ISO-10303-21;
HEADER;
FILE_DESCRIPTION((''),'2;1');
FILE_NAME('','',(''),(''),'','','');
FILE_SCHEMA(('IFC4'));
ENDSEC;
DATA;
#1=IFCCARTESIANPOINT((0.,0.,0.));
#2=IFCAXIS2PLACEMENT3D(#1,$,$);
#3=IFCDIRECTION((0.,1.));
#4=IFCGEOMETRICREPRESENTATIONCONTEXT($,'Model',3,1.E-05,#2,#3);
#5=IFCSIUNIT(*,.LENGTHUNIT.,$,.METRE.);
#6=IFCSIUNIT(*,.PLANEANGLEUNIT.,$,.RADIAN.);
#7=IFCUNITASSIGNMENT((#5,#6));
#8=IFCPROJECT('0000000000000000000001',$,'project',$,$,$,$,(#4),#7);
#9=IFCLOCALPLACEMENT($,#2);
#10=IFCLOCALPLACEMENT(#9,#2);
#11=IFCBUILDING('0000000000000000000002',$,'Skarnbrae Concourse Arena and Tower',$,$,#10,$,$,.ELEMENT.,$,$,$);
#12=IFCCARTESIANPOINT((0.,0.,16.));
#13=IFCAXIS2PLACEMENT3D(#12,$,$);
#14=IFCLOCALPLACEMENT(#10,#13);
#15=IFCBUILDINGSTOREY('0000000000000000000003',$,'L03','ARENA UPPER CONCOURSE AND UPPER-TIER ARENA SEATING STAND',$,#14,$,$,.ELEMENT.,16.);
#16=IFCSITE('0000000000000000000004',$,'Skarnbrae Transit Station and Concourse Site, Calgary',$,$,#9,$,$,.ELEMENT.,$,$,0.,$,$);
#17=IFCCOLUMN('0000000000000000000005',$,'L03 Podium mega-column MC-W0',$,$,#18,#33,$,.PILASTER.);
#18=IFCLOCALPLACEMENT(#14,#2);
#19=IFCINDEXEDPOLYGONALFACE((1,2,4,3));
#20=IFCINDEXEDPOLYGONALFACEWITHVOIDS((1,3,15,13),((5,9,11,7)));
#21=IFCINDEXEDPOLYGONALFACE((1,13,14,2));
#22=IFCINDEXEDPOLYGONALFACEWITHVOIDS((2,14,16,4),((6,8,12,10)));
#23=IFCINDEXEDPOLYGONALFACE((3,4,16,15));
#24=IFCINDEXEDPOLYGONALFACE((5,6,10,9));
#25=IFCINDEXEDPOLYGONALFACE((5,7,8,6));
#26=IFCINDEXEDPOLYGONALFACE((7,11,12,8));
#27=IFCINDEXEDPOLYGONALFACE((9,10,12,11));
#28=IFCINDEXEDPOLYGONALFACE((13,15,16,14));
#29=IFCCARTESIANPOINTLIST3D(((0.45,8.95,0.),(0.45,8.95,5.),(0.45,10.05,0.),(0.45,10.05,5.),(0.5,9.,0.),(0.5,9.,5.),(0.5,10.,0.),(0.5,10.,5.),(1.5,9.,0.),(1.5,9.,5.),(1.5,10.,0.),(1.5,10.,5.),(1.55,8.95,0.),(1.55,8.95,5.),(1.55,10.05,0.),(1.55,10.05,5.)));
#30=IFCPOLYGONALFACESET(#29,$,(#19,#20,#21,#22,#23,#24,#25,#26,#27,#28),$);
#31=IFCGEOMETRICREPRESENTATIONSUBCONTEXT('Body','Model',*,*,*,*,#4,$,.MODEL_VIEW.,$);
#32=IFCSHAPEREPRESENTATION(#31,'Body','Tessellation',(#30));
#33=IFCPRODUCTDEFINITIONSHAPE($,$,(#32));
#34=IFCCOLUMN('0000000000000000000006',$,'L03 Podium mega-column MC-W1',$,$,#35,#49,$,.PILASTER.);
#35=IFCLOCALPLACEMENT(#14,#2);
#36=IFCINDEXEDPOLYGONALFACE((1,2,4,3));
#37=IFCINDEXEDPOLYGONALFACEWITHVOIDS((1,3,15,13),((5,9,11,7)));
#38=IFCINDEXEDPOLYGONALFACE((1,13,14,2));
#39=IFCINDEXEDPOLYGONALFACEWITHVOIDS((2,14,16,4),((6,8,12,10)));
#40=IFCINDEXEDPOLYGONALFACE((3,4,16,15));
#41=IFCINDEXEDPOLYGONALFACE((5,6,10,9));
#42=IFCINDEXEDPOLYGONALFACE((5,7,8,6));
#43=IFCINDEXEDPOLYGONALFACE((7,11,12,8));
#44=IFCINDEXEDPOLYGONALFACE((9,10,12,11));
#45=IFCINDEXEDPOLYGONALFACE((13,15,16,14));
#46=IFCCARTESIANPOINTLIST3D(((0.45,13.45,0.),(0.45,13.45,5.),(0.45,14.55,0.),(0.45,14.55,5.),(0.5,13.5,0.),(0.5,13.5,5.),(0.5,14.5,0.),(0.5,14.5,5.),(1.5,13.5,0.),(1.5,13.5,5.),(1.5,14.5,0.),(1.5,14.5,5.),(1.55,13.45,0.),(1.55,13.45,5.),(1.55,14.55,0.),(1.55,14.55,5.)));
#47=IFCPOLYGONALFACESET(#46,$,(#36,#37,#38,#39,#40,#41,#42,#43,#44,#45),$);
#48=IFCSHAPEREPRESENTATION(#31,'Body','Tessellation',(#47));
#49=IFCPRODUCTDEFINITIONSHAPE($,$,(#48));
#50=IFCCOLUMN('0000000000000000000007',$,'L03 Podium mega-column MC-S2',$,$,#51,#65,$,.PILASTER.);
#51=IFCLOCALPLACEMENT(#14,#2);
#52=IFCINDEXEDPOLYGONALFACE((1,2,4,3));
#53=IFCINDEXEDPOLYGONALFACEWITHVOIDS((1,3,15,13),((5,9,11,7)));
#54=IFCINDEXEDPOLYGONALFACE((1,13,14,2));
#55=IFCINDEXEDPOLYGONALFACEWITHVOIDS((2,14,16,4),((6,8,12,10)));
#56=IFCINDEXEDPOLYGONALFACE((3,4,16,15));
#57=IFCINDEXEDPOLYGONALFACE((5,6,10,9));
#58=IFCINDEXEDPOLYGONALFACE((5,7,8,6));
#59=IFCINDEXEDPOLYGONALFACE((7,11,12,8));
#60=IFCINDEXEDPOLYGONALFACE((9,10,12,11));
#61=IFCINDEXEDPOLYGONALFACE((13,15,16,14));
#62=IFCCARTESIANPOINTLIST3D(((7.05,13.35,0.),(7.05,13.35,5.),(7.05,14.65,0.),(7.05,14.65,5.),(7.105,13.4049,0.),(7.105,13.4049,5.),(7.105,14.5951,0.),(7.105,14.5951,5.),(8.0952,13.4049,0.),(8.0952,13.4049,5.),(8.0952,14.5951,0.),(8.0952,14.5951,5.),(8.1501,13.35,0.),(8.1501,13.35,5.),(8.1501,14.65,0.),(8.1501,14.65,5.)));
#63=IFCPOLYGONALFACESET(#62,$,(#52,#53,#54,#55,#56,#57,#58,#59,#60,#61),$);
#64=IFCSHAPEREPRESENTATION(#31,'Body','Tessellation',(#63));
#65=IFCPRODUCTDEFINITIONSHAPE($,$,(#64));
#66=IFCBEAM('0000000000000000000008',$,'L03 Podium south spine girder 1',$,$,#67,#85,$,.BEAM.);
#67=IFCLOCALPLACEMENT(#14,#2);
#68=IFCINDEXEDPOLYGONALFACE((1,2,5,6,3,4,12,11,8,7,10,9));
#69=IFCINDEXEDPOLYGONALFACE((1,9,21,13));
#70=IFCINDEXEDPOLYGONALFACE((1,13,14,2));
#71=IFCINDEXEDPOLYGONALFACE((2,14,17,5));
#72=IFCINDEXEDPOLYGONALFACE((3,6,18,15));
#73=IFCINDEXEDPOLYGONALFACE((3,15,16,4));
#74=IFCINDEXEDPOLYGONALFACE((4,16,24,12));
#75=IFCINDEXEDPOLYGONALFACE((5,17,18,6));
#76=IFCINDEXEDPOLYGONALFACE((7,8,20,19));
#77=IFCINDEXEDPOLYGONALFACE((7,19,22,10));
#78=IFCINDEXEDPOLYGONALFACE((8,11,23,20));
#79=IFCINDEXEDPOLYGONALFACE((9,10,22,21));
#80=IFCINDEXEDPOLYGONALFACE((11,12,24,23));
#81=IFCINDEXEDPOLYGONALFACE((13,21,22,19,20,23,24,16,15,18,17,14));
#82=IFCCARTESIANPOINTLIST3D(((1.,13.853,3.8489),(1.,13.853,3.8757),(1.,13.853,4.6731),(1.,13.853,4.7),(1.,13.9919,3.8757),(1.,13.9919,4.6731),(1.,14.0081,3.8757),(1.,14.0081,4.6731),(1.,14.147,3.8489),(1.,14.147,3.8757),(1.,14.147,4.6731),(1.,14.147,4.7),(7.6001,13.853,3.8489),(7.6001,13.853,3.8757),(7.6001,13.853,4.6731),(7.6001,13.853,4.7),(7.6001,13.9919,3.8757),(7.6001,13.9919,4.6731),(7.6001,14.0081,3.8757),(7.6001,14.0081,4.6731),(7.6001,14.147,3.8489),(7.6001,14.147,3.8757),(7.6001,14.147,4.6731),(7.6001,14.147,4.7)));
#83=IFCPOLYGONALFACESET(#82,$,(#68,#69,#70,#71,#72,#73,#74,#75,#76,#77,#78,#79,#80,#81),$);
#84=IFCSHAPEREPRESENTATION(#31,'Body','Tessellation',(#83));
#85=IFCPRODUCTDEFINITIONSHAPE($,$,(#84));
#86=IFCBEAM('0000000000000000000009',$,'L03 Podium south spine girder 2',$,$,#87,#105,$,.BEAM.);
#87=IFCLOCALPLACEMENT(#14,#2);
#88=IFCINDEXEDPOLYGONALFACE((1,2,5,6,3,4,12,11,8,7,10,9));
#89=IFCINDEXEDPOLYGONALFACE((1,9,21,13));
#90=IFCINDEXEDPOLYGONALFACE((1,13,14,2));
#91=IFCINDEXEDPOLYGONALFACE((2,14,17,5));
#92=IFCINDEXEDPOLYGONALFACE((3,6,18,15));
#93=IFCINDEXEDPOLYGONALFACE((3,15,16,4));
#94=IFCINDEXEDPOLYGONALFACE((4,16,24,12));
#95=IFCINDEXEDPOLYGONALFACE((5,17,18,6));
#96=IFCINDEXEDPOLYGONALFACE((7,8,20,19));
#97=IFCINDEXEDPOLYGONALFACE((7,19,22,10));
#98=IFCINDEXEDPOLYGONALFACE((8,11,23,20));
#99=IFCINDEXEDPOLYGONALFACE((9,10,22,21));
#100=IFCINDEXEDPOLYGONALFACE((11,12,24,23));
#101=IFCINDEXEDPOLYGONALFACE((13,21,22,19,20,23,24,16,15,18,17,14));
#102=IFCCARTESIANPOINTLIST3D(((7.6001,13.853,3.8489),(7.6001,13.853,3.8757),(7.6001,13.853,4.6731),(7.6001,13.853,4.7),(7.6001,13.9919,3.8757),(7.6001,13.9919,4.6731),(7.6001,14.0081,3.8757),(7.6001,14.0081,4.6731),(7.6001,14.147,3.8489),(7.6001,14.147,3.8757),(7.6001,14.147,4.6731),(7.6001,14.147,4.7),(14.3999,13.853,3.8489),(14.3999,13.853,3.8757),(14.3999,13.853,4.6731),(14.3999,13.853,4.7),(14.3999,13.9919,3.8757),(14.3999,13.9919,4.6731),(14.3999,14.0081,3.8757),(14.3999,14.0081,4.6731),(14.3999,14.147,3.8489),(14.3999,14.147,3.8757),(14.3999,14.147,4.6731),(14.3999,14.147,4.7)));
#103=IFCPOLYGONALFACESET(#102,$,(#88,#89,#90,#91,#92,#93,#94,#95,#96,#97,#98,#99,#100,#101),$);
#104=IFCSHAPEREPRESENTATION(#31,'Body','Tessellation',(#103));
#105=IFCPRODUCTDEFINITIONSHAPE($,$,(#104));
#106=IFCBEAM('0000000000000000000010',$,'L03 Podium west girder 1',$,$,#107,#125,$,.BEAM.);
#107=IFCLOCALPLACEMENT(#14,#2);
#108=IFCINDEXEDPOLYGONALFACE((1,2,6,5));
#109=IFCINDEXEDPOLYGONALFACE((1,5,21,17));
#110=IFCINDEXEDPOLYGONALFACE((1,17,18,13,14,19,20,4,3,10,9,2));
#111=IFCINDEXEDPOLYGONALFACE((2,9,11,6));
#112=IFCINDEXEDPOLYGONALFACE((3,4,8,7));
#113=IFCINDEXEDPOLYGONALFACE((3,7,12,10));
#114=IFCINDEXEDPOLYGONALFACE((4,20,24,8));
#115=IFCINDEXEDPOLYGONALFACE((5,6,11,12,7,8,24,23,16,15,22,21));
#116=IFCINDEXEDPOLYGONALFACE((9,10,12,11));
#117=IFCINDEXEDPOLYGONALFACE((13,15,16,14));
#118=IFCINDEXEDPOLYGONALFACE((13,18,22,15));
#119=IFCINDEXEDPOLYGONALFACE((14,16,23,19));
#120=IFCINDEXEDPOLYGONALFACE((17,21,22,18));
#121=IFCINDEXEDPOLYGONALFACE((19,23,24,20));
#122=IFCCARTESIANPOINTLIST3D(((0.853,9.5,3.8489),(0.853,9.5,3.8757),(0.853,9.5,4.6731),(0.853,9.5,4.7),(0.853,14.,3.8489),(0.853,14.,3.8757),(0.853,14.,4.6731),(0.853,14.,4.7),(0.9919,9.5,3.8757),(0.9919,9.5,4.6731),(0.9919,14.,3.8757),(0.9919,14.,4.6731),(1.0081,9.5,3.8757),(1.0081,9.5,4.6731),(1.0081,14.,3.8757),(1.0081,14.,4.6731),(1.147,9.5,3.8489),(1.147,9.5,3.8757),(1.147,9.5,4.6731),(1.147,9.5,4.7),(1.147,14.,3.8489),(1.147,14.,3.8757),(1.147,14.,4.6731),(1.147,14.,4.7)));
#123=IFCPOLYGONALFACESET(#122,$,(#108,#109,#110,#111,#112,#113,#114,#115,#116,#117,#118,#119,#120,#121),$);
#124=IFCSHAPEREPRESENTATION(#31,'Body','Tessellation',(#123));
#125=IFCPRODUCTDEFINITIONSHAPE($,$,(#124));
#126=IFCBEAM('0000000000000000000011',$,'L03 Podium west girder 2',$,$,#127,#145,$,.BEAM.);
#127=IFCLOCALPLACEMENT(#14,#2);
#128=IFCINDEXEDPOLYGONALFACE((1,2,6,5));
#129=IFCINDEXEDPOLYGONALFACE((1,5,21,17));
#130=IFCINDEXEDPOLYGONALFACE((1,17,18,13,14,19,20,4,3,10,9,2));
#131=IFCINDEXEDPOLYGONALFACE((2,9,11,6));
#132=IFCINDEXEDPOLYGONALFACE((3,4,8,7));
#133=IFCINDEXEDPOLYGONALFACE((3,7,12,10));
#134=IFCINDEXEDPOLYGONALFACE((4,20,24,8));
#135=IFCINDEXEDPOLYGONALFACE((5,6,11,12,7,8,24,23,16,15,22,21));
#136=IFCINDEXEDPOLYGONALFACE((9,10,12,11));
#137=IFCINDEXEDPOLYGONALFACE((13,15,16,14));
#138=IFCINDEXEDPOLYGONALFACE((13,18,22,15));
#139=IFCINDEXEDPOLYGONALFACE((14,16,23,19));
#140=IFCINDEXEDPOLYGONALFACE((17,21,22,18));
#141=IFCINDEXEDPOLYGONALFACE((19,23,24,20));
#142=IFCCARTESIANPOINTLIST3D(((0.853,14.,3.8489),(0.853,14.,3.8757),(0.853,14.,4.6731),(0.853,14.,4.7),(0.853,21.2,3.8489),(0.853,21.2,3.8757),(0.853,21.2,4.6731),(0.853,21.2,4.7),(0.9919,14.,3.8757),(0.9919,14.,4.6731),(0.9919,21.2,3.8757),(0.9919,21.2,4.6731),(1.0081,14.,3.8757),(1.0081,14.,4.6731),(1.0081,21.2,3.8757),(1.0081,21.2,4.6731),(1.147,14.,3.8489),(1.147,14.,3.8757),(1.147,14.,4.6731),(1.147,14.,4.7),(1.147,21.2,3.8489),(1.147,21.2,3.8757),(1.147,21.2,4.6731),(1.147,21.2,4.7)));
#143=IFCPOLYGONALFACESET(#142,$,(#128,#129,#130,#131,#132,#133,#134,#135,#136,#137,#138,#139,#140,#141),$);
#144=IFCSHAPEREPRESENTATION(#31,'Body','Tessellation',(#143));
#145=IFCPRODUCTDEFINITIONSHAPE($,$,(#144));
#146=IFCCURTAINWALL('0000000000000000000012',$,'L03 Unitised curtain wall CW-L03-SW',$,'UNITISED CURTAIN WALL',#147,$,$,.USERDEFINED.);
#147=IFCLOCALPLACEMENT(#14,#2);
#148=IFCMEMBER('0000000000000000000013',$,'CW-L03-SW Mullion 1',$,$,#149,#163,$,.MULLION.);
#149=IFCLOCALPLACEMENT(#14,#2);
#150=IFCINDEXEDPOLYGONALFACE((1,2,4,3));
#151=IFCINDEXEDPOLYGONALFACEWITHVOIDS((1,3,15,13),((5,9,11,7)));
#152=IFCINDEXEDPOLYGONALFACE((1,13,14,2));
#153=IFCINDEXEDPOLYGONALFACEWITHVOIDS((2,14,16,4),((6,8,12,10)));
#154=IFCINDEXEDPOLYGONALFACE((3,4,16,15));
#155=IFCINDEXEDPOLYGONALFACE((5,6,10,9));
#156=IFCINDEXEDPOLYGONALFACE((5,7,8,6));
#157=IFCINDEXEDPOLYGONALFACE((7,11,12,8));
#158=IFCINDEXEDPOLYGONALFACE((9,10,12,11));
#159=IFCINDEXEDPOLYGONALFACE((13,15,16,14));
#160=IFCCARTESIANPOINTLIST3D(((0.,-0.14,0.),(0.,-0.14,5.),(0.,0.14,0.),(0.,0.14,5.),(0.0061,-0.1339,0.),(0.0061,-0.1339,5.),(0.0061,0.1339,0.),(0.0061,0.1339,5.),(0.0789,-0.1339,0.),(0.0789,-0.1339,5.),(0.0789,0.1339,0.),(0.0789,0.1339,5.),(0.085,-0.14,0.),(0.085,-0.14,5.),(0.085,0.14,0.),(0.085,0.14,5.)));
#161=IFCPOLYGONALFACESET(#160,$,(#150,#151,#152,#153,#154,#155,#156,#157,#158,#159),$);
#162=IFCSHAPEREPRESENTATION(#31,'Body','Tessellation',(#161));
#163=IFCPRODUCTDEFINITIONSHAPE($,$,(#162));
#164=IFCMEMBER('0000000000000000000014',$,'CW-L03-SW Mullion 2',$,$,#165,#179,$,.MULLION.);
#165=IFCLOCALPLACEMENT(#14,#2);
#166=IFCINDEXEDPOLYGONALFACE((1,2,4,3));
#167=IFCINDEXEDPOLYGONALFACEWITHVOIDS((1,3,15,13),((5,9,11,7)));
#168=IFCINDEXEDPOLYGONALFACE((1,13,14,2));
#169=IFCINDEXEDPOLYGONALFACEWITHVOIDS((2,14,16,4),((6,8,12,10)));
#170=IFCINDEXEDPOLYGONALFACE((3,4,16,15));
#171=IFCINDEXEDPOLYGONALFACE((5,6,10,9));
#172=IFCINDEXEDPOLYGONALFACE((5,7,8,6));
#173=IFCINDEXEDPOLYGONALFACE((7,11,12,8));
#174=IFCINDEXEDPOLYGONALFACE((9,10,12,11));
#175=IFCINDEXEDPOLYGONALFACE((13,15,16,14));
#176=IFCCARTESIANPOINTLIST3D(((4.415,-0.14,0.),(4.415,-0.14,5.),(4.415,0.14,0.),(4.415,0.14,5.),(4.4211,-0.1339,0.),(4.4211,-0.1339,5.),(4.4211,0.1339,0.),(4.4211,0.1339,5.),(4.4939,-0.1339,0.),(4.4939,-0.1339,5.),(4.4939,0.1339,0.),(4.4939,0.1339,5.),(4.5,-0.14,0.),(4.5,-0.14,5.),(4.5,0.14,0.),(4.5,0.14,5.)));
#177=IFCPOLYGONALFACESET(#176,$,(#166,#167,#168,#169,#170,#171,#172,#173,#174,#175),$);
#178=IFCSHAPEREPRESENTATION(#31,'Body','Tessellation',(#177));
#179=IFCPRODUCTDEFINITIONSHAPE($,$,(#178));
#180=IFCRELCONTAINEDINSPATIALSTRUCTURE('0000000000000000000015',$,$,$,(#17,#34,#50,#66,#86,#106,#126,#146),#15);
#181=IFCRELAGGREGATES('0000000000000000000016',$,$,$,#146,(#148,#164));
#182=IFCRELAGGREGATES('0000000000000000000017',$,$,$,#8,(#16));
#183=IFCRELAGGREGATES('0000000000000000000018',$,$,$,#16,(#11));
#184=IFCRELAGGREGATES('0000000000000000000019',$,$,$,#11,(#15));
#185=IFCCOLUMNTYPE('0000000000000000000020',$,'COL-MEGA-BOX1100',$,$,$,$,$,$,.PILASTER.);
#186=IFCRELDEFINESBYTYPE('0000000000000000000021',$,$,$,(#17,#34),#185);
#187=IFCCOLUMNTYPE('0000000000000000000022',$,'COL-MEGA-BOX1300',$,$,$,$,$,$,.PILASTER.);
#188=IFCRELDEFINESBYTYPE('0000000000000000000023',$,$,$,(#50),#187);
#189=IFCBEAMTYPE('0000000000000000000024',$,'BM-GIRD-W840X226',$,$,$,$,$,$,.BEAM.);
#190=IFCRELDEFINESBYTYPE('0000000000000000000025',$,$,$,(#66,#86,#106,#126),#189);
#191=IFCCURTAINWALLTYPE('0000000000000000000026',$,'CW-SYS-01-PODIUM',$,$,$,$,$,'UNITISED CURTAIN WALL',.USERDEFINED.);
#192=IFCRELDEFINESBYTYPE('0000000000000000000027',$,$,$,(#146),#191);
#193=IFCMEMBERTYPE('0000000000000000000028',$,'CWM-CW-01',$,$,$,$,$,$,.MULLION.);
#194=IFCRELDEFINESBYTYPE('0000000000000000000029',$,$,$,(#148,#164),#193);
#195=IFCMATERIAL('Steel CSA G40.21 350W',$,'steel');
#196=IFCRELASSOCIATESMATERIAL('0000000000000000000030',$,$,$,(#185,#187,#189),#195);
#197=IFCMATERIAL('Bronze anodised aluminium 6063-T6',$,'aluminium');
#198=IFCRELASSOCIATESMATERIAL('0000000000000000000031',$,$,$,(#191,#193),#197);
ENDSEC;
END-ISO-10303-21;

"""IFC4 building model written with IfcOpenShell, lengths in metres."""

from ifc_helpers import new_model, si_unit, direction, frame, origin, origin_2d, place, context, subcontext, project, spatial, hollow_rectangle, i_section, extrude, source, transform, mapped, material, material_profile, profile_set, type_object, element, aggregate, save


model = new_model("IFC4")

# Units and contexts
model_context = context("Model", 3, precision=1e-05, world=origin(), true_north=direction((0.0, 1.0)))
body_context = subcontext(model_context, "Body", "Model", "MODEL_VIEW")
ifc_project = project(units=[si_unit("LENGTHUNIT", "METRE"), si_unit("PLANEANGLEUNIT", "RADIAN")], contexts=[model_context])

# Site, building, storey
site_placement = place(None, origin())
site = spatial("IfcSite", under=ifc_project, at=site_placement, Name="Skarnbrae Transit Station and Concourse Site, Calgary", CompositionType="ELEMENT", RefElevation=0.0)
building_placement = place(site_placement, origin())
building = spatial("IfcBuilding", under=site, at=building_placement, Name="Skarnbrae Concourse Arena and Tower", CompositionType="ELEMENT")
storey_placement = place(building_placement, frame((0.0, 0.0, 16.0)))
storey = spatial("IfcBuildingStorey", under=building, at=storey_placement, Name="L03", Description="ARENA UPPER CONCOURSE AND UPPER-TIER ARENA SEATING STAND", CompositionType="ELEMENT", Elevation=16.0)

# Columns
ifc_material_1 = material(Name="Steel CSA G40.21 350W", Category="steel")
ifc_material_profile_1 = material_profile(ifc_material_1, hollow_rectangle(XDim=1.1001, YDim=1.1001, WallThickness=0.05, at=origin_2d()), Name="BOX1100X1100X50")
ifc_profile_set_1 = profile_set([ifc_material_profile_1], Name="Steel CSA G40.21 350W")
column_type_1 = type_object("IfcColumnType", Name="COL-MEGA-BOX1100", PredefinedType="PILASTER", material=ifc_profile_set_1)
shared_shape_1 = source(origin(), body_context, "Body", "SweptSolid", [
    extrude(hollow_rectangle(XDim=1.1001, YDim=1.1001, WallThickness=0.05, at=origin_2d()), origin(), (0.0, 0.0, 1.0), 5.0),
])
for number, where, z_axis, x_axis, name in (
    (1, (1.0, 9.5, 0.0), (0.0, 0.0, 1.0), (1.0, 0.0, 0.0), "L03 Podium mega-column MC-W0"),
    (2, (1.0, 14.0, 0.0), (0.0, 0.0, 1.0), (1.0, 0.0, 0.0), "L03 Podium mega-column MC-W1"),
):
    element("IfcColumn", number, at=place(storey_placement, frame(where, z_axis=z_axis, x_axis=x_axis)), inside=storey, type_object=column_type_1, Name=name, PredefinedType="PILASTER", context=body_context, shape_type="MappedRepresentation", body=[
        mapped(shared_shape_1, transform((0.0, 0.0, 0.0))),
    ])
ifc_material_profile_2 = material_profile(ifc_material_1, hollow_rectangle(XDim=1.1001, YDim=1.3, WallThickness=0.0549, at=origin_2d()), Name="BOX1300X1100X55")
ifc_profile_set_2 = profile_set([ifc_material_profile_2], Name="Steel CSA G40.21 350W")
column_type_2 = type_object("IfcColumnType", Name="COL-MEGA-BOX1300", PredefinedType="PILASTER", material=ifc_profile_set_2)
shared_shape_2 = source(origin(), body_context, "Body", "SweptSolid", [
    extrude(hollow_rectangle(XDim=1.1001, YDim=1.3, WallThickness=0.0549, at=origin_2d()), origin(), (0.0, 0.0, 1.0), 5.0),
])
column_placement = place(storey_placement, frame((7.6001, 14.0, 0.0), z_axis=(0.0, 0.0, 1.0), x_axis=(1.0, 0.0, 0.0)))
element("IfcColumn", 3, at=column_placement, inside=storey, type_object=column_type_2, Name="L03 Podium mega-column MC-S2", PredefinedType="PILASTER", context=body_context, shape_type="MappedRepresentation", body=[
    mapped(shared_shape_2, transform((0.0, 0.0, 0.0))),
])

# Beams
ifc_material_profile_3 = material_profile(ifc_material_1, i_section(OverallWidth=0.2939, OverallDepth=0.8511, WebThickness=0.0161, FlangeThickness=0.0269, at=origin_2d()), Name="W840X226")
ifc_profile_set_3 = profile_set([ifc_material_profile_3], Name="Steel CSA G40.21 350W")
beam_type = type_object("IfcBeamType", Name="BM-GIRD-W840X226", PredefinedType="BEAM", material=ifc_profile_set_3)
shared_shape_3 = source(origin(), body_context, "Body", "SweptSolid", [
    extrude(i_section(OverallWidth=0.2939, OverallDepth=0.8511, WebThickness=0.0161, FlangeThickness=0.0269, at=origin_2d()), origin(), (0.0, 0.0, 1.0), 6.6001),
])
beam_1_placement = place(storey_placement, frame((1.0, 14.0, 4.2744), z_axis=(1.0, 0.0, 0.0), x_axis=(0.0, 1.0, 0.0)))
element("IfcBeam", 4, at=beam_1_placement, inside=storey, type_object=beam_type, Name="L03 Podium south spine girder 1", PredefinedType="BEAM", context=body_context, shape_type="MappedRepresentation", body=[
    mapped(shared_shape_3, transform((0.0, 0.0, 0.0))),
])
shared_shape_4 = source(origin(), body_context, "Body", "SweptSolid", [
    extrude(i_section(OverallWidth=0.2939, OverallDepth=0.8511, WebThickness=0.0161, FlangeThickness=0.0269, at=origin_2d()), origin(), (0.0, 0.0, 1.0), 6.7998),
])
beam_2_placement = place(storey_placement, frame((7.6001, 14.0, 4.2744), z_axis=(1.0, 0.0, 0.0), x_axis=(0.0, 1.0, 0.0)))
element("IfcBeam", 5, at=beam_2_placement, inside=storey, type_object=beam_type, Name="L03 Podium south spine girder 2", PredefinedType="BEAM", context=body_context, shape_type="MappedRepresentation", body=[
    mapped(shared_shape_4, transform((0.0, 0.0, 0.0))),
])
shared_shape_5 = source(origin(), body_context, "Body", "SweptSolid", [
    extrude(i_section(OverallWidth=0.2939, OverallDepth=0.8511, WebThickness=0.0161, FlangeThickness=0.0269, at=origin_2d()), origin(), (0.0, 0.0, 1.0), 4.5),
])
beam_3_placement = place(storey_placement, frame((1.0, 9.5, 4.2744), z_axis=(0.0, 1.0, 0.0), x_axis=(-1.0, 0.0, 0.0)))
element("IfcBeam", 6, at=beam_3_placement, inside=storey, type_object=beam_type, Name="L03 Podium west girder 1", PredefinedType="BEAM", context=body_context, shape_type="MappedRepresentation", body=[
    mapped(shared_shape_5, transform((0.0, 0.0, 0.0))),
])
shared_shape_6 = source(origin(), body_context, "Body", "SweptSolid", [
    extrude(i_section(OverallWidth=0.2939, OverallDepth=0.8511, WebThickness=0.0161, FlangeThickness=0.0269, at=origin_2d()), origin(), (0.0, 0.0, 1.0), 7.2),
])
beam_4_placement = place(storey_placement, frame((1.0, 14.0, 4.2744), z_axis=(0.0, 1.0, 0.0), x_axis=(-1.0, 0.0, 0.0)))
element("IfcBeam", 7, at=beam_4_placement, inside=storey, type_object=beam_type, Name="L03 Podium west girder 2", PredefinedType="BEAM", context=body_context, shape_type="MappedRepresentation", body=[
    mapped(shared_shape_6, transform((0.0, 0.0, 0.0))),
])

# Curtain wall, members
ifc_material_2 = material(Name="Bronze anodised aluminium 6063-T6", Category="aluminium")
curtain_wall_type = type_object("IfcCurtainWallType", Name="CW-SYS-01-PODIUM", ElementType="UNITISED CURTAIN WALL", PredefinedType="USERDEFINED", material=ifc_material_2)
curtain_wall_1_placement = place(storey_placement, origin())
curtain_wall_1 = element("IfcCurtainWall", 8, at=curtain_wall_1_placement, inside=storey, type_object=curtain_wall_type, Name="L03 Unitised curtain wall CW-L03-SW", ObjectType="UNITISED CURTAIN WALL", PredefinedType="USERDEFINED")
ifc_material_profile_4 = material_profile(ifc_material_2, hollow_rectangle(XDim=0.085, YDim=0.28, WallThickness=0.0061, at=origin_2d()), Name="ALU-MULL-85X280")
ifc_profile_set_4 = profile_set([ifc_material_profile_4], Name="Bronze anodised aluminium 6063-T6")
member_type_1 = type_object("IfcMemberType", Name="CWM-CW-01", PredefinedType="MULLION", material=ifc_profile_set_4)
shared_shape_7 = source(origin(), body_context, "Body", "SweptSolid", [
    extrude(hollow_rectangle(XDim=0.085, YDim=0.28, WallThickness=0.0061, at=origin_2d()), origin(), (0.0, 0.0, 1.0), 5.0),
])
member_1_placement = place(storey_placement, frame((0.0425, 0.0, 0.0), z_axis=(0.0, 0.0, 1.0), x_axis=(1.0, 0.0, 0.0)))
member_1 = element("IfcMember", 9, at=member_1_placement, type_object=member_type_1, Name="CW-L03-SW Mullion 1", PredefinedType="MULLION", context=body_context, shape_type="MappedRepresentation", body=[
    mapped(shared_shape_7, transform((0.0, 0.0, 0.0))),
])
member_2_placement = place(storey_placement, frame((4.4575, 0.0, 0.0), z_axis=(0.0, 0.0, 1.0), x_axis=(1.0, 0.0, 0.0)))
member_2 = element("IfcMember", 10, at=member_2_placement, type_object=member_type_1, Name="CW-L03-SW Mullion 2", PredefinedType="MULLION", context=body_context, shape_type="MappedRepresentation", body=[
    mapped(shared_shape_7, transform((0.0, 0.0, 0.0))),
])

aggregate(curtain_wall_1, [member_1, member_2])

save(model, "model.ifc")
